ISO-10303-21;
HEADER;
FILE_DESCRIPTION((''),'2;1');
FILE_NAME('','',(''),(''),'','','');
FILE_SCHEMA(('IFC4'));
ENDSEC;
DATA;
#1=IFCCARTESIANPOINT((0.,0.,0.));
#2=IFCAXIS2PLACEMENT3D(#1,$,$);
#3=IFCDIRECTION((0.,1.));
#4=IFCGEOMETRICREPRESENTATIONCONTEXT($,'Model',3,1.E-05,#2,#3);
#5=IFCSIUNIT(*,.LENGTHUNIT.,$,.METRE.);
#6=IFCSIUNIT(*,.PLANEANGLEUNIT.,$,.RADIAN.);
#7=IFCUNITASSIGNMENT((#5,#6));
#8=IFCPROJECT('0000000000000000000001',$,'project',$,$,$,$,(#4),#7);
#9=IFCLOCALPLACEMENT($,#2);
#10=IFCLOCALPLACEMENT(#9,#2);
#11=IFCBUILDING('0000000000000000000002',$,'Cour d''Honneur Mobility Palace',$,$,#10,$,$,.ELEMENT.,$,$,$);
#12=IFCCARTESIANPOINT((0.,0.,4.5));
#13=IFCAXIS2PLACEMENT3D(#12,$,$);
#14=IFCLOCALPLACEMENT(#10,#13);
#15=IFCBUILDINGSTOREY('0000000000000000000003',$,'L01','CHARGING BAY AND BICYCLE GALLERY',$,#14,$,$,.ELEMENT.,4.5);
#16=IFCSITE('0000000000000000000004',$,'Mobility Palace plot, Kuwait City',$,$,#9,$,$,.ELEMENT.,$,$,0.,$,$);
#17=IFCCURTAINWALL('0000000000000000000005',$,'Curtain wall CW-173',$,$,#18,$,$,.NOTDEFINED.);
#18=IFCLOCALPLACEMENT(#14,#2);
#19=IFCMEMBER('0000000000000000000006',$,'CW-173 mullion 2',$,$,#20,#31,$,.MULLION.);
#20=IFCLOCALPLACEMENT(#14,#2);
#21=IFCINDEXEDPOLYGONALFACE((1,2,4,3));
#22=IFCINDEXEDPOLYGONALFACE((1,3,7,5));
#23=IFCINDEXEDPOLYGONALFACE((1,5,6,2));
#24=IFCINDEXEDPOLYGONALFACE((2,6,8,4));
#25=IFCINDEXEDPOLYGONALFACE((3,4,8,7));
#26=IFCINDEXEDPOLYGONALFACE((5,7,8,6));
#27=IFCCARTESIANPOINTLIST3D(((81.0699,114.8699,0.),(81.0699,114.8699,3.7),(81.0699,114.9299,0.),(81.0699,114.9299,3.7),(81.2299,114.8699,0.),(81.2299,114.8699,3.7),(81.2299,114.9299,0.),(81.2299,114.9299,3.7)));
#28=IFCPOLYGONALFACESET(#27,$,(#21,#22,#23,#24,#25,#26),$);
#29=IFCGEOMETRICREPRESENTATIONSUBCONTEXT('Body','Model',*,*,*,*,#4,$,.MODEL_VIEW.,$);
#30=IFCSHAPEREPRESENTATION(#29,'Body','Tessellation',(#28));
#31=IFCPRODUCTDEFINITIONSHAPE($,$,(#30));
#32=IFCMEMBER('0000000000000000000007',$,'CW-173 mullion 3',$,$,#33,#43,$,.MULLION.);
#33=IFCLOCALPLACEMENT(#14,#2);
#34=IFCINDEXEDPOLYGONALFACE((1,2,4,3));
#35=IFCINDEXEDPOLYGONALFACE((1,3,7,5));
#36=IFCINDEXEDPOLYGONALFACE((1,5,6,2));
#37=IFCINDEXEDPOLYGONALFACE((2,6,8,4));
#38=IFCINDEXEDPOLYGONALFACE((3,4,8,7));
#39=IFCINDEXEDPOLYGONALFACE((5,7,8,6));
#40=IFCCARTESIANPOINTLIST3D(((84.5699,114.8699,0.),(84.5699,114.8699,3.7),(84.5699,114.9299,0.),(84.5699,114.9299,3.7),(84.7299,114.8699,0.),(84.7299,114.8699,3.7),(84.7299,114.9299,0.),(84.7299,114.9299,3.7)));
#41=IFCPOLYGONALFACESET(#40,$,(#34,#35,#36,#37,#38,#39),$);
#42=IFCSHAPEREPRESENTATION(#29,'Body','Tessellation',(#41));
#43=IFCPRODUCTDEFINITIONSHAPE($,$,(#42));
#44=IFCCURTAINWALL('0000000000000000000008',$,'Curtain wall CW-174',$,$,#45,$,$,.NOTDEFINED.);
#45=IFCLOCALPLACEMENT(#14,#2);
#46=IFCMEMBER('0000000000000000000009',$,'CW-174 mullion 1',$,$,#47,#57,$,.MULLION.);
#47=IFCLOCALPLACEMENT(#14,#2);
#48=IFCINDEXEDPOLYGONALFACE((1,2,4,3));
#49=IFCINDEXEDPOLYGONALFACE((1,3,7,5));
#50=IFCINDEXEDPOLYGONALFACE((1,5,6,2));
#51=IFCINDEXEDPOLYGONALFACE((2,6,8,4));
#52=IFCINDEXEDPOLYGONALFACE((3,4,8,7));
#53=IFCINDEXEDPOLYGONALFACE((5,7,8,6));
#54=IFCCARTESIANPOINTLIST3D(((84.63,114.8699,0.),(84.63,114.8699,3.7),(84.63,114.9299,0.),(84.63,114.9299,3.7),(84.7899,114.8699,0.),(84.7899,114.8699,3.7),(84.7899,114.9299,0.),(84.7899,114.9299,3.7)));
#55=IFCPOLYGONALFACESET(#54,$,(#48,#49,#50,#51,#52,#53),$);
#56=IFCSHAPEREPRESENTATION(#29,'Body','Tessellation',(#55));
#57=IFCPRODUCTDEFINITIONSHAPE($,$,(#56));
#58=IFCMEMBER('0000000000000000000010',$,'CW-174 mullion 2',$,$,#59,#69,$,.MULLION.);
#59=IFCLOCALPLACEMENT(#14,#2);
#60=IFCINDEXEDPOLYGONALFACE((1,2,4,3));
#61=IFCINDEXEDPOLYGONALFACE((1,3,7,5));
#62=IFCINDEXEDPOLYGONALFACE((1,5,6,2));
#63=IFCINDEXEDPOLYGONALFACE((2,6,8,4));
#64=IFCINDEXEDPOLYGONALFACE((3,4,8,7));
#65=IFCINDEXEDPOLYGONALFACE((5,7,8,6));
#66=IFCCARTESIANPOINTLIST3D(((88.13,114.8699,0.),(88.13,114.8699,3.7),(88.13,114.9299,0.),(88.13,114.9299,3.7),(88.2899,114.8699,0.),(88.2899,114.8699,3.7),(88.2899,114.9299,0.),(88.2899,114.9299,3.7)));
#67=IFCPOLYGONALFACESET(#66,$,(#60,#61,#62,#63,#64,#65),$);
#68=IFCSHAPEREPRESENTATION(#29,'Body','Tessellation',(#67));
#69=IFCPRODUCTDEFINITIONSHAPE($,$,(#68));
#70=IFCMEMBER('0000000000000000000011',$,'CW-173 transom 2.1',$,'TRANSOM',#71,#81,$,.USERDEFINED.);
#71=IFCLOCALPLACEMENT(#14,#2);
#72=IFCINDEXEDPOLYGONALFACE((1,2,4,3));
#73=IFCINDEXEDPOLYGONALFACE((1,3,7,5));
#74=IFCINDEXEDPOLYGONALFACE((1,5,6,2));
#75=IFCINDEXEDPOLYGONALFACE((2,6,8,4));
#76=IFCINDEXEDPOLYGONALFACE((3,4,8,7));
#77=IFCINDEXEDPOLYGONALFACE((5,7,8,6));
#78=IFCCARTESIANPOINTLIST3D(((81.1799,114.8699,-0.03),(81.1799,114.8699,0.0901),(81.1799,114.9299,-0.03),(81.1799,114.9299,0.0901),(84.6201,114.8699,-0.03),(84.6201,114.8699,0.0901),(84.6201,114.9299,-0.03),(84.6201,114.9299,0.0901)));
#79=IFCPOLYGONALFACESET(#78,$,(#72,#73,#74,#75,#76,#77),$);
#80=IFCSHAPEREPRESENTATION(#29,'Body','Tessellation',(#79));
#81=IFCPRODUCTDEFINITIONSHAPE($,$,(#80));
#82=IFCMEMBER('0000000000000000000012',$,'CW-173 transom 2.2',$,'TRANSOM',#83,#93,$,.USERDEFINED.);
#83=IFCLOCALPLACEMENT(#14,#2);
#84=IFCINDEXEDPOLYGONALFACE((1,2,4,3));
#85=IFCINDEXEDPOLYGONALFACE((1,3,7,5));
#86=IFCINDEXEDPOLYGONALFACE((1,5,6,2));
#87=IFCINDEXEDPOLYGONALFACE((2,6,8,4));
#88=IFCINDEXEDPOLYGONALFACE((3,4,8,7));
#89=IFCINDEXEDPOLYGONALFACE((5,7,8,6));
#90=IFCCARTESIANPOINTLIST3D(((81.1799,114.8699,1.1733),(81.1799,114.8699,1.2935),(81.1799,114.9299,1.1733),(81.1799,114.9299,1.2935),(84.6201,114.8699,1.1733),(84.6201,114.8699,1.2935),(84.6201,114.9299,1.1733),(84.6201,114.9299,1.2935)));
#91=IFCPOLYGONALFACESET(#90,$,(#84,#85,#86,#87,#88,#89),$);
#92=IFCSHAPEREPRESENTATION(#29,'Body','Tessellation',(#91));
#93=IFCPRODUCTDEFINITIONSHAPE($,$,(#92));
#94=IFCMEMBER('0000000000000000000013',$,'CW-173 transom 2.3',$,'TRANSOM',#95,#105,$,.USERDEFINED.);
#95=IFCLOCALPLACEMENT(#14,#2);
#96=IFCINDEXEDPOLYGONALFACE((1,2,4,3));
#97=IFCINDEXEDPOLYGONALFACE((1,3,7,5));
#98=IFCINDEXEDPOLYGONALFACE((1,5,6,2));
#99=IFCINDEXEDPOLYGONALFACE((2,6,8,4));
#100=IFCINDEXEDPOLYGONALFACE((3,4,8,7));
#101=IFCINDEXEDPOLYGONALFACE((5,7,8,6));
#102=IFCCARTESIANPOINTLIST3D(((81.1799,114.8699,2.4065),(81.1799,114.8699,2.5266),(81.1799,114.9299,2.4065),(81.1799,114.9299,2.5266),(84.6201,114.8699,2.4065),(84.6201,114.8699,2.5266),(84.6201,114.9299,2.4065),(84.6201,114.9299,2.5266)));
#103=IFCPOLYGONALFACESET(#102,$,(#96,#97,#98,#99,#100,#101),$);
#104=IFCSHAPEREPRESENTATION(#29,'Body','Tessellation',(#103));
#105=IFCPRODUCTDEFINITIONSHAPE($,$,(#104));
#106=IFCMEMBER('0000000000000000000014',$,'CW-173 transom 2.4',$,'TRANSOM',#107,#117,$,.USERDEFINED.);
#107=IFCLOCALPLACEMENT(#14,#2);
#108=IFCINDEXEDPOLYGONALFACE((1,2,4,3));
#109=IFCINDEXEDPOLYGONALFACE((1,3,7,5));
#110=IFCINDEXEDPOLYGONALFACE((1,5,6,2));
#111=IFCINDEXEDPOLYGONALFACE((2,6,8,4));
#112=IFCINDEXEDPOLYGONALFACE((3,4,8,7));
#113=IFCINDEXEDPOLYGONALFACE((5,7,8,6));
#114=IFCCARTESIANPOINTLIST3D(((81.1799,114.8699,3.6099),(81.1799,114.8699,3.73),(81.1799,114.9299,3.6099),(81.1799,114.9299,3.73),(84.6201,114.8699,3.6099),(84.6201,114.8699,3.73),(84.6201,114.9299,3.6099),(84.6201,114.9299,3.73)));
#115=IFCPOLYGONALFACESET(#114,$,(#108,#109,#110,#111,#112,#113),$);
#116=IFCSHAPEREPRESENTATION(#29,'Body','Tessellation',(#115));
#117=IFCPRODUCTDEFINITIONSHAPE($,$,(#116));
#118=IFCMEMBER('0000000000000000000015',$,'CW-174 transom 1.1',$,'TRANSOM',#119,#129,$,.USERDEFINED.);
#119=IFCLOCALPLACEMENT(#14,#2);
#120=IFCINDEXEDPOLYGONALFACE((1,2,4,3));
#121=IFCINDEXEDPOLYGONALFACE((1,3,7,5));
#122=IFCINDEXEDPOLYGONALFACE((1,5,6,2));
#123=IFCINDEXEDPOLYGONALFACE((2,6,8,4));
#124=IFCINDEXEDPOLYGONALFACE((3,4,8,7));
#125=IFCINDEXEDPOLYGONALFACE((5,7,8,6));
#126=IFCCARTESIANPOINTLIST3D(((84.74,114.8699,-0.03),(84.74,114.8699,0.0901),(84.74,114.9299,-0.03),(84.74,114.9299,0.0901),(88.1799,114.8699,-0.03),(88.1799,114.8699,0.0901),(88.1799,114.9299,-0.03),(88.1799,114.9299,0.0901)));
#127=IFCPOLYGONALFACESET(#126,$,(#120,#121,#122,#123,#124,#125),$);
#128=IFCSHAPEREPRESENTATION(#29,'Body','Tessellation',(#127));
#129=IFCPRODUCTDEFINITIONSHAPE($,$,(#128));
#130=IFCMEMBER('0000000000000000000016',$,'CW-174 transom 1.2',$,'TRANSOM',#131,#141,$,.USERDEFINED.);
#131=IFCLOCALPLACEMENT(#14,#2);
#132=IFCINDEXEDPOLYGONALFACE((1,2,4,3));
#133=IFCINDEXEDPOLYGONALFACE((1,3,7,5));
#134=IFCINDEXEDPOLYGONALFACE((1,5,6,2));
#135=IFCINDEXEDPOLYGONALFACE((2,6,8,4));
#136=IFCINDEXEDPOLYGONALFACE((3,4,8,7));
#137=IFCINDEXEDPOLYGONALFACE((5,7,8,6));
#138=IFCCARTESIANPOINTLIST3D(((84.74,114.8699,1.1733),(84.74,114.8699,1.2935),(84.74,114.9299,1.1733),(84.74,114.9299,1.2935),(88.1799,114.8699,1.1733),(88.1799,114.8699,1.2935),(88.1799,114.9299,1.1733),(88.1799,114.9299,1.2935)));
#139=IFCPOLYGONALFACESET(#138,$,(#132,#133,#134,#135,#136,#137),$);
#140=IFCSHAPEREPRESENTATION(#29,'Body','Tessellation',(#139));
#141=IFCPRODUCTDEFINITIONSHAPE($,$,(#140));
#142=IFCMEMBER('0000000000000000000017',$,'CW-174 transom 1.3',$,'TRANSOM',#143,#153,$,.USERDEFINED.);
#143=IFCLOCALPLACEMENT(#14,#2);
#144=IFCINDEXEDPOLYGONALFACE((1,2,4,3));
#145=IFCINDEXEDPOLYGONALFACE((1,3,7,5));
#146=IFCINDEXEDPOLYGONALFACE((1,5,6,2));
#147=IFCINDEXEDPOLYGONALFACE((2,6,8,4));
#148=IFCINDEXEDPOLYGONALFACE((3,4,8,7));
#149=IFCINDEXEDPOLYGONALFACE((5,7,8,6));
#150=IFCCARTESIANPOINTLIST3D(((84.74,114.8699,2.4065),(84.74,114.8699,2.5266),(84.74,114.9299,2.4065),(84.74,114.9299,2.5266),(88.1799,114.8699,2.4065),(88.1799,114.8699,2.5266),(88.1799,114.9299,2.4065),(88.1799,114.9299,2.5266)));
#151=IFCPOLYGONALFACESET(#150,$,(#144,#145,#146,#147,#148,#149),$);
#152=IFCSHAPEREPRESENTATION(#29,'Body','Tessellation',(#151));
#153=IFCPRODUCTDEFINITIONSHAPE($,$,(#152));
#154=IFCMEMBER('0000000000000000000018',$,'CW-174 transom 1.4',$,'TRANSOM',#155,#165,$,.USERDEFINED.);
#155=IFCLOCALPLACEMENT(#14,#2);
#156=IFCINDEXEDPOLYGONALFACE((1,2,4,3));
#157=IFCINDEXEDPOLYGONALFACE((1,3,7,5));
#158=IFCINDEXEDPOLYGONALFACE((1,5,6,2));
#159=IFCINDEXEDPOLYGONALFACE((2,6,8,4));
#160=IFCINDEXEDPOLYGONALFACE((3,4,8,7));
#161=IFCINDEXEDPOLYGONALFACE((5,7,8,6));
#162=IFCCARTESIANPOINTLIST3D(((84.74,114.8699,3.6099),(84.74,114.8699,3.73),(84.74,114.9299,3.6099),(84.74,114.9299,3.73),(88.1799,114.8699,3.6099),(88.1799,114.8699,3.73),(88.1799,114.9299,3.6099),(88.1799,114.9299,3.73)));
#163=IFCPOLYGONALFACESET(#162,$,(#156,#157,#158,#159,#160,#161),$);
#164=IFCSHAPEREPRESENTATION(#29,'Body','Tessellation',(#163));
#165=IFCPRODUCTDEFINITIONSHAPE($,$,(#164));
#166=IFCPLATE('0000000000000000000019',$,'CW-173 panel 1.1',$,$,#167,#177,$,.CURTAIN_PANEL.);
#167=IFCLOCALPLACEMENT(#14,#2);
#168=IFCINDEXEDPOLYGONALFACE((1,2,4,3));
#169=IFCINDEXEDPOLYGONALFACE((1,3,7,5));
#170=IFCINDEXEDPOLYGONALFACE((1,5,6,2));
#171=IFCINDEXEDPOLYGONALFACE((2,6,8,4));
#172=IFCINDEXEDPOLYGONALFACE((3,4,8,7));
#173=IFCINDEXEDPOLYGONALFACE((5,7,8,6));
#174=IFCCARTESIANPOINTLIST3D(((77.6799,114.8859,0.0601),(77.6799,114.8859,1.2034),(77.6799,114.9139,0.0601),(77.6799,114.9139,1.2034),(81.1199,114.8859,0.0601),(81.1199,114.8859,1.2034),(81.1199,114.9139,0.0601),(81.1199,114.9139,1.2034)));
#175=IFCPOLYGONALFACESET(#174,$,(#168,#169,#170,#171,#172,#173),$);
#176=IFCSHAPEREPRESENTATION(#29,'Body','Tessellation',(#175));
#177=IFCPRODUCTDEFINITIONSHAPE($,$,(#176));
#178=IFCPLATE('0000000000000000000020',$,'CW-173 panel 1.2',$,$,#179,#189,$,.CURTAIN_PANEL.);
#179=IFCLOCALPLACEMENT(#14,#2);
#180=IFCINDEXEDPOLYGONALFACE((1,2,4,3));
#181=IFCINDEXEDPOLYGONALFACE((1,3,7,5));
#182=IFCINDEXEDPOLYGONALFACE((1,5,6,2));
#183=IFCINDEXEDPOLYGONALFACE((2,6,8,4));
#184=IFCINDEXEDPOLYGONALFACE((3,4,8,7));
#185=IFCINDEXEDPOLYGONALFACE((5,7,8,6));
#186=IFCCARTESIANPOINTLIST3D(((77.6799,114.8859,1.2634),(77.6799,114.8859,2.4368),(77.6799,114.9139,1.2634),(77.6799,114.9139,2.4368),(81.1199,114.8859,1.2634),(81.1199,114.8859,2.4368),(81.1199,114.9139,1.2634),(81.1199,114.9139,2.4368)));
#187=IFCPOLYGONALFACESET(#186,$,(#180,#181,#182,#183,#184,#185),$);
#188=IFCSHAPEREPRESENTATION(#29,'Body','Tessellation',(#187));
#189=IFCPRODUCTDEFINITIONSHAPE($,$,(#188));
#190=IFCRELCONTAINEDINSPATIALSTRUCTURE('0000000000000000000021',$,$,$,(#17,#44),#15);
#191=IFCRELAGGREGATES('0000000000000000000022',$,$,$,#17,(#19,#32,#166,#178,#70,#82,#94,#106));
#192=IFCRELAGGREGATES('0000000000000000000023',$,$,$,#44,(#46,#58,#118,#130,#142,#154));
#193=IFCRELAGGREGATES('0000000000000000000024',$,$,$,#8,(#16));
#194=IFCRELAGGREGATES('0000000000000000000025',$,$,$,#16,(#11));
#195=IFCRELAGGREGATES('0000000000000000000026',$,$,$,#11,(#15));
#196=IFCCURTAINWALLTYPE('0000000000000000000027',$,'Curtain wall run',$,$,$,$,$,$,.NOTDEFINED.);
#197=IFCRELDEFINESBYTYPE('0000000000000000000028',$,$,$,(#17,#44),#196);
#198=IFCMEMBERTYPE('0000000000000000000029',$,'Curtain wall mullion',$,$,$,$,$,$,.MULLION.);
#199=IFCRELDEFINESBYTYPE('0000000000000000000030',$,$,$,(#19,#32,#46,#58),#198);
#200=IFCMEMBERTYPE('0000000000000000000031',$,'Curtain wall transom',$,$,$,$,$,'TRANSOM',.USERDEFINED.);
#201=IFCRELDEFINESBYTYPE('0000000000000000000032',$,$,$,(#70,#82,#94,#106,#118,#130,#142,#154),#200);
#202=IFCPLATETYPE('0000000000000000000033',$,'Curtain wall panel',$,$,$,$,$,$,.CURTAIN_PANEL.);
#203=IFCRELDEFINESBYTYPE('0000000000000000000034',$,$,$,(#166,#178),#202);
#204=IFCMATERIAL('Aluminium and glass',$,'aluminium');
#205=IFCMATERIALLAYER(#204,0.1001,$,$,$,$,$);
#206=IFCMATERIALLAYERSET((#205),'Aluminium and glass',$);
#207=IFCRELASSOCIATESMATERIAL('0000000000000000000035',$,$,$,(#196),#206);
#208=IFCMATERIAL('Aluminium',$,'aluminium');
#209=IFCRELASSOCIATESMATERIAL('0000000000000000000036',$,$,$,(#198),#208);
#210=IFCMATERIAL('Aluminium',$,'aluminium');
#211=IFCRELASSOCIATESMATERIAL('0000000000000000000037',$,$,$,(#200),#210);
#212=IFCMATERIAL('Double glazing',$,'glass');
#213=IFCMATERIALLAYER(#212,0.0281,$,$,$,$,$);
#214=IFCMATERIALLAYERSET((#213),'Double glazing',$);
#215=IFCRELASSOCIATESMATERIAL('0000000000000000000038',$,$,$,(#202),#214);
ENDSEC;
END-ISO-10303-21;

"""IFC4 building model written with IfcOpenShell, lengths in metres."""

from ifc_helpers import new_model, si_unit, direction, frame, origin, origin_2d, place, context, subcontext, project, spatial, rectangle, extrude, material, layer, layer_set, material_profile, profile_set, type_object, element, aggregate, save


model = new_model("IFC4")

# Units and contexts
model_context = context("Model", 3, precision=1e-05, world=origin(), true_north=direction((0.0, 1.0)))
body_context = subcontext(model_context, "Body", "Model", "MODEL_VIEW")
ifc_project = project(units=[si_unit("LENGTHUNIT", "METRE"), si_unit("PLANEANGLEUNIT", "RADIAN")], contexts=[model_context])

# Site, building, storey
site_placement = place(None, origin())
site = spatial("IfcSite", under=ifc_project, at=site_placement, Name="Mobility Palace plot, Kuwait City", CompositionType="ELEMENT", RefElevation=0.0)
building_placement = place(site_placement, origin())
building = spatial("IfcBuilding", under=site, at=building_placement, Name="Cour d'Honneur Mobility Palace", CompositionType="ELEMENT")
storey_placement = place(building_placement, frame((0.0, 0.0, 4.5)))
storey = spatial("IfcBuildingStorey", under=building, at=storey_placement, Name="L01", Description="CHARGING BAY AND BICYCLE GALLERY", CompositionType="ELEMENT", Elevation=4.5)

# Curtain walls, members
ifc_material_1 = material(Name="Aluminium and glass", Category="aluminium")
ifc_layer_1 = layer(ifc_material_1, 0.1001)
ifc_layer_set_1 = layer_set([ifc_layer_1], Name="Aluminium and glass")
curtain_wall_type = type_object("IfcCurtainWallType", Name="Curtain wall run", PredefinedType="NOTDEFINED", material=ifc_layer_set_1)
curtain_wall_1_placement = place(storey_placement, origin())
curtain_wall_1 = element("IfcCurtainWall", 1, at=curtain_wall_1_placement, inside=storey, type_object=curtain_wall_type, Name="Curtain wall CW-173", PredefinedType="NOTDEFINED")
ifc_material_2 = material(Name="Aluminium", Category="aluminium")
ifc_material_profile_1 = material_profile(ifc_material_2, rectangle(XDim=0.0601, YDim=0.1599, at=origin_2d()), Name="Curtain wall mullion")
ifc_profile_set_1 = profile_set([ifc_material_profile_1], Name="Aluminium")
member_type_1 = type_object("IfcMemberType", Name="Curtain wall mullion", PredefinedType="MULLION", material=ifc_profile_set_1)
member_1_placement = place(storey_placement, frame((81.1499, 114.8999, 0.0), z_axis=(0.0, 0.0, 1.0), x_axis=(0.0, 1.0, 0.0)))
member_1 = element("IfcMember", 2, at=member_1_placement, type_object=member_type_1, Name="CW-173 mullion 2", PredefinedType="MULLION", context=body_context, shape_type="SweptSolid", body=[
    extrude(rectangle(XDim=0.0601, YDim=0.1599, at=origin_2d()), origin(), (0.0, 0.0, 1.0), 3.7),
])
member_2_placement = place(storey_placement, frame((84.6499, 114.8999, 0.0), z_axis=(0.0, 0.0, 1.0), x_axis=(0.0, 1.0, 0.0)))
member_2 = element("IfcMember", 3, at=member_2_placement, type_object=member_type_1, Name="CW-173 mullion 3", PredefinedType="MULLION", context=body_context, shape_type="SweptSolid", body=[
    extrude(rectangle(XDim=0.0601, YDim=0.1599, at=origin_2d()), origin(), (0.0, 0.0, 1.0), 3.7),
])
curtain_wall_2_placement = place(storey_placement, origin())
curtain_wall_2 = element("IfcCurtainWall", 4, at=curtain_wall_2_placement, inside=storey, type_object=curtain_wall_type, Name="Curtain wall CW-174", PredefinedType="NOTDEFINED")
member_3_placement = place(storey_placement, frame((84.71, 114.8999, 0.0), z_axis=(0.0, 0.0, 1.0), x_axis=(0.0, 1.0, 0.0)))
member_3 = element("IfcMember", 5, at=member_3_placement, type_object=member_type_1, Name="CW-174 mullion 1", PredefinedType="MULLION", context=body_context, shape_type="SweptSolid", body=[
    extrude(rectangle(XDim=0.0601, YDim=0.1599, at=origin_2d()), origin(), (0.0, 0.0, 1.0), 3.7),
])
member_4_placement = place(storey_placement, frame((88.21, 114.8999, 0.0), z_axis=(0.0, 0.0, 1.0), x_axis=(0.0, 1.0, 0.0)))
member_4 = element("IfcMember", 6, at=member_4_placement, type_object=member_type_1, Name="CW-174 mullion 2", PredefinedType="MULLION", context=body_context, shape_type="SweptSolid", body=[
    extrude(rectangle(XDim=0.0601, YDim=0.1599, at=origin_2d()), origin(), (0.0, 0.0, 1.0), 3.7),
])

# Members
ifc_material_3 = material(Name="Aluminium", Category="aluminium")
ifc_material_profile_2 = material_profile(ifc_material_3, rectangle(XDim=0.0601, YDim=0.1201, at=origin_2d()), Name="Curtain wall transom")
ifc_profile_set_2 = profile_set([ifc_material_profile_2], Name="Aluminium")
member_type_2 = type_object("IfcMemberType", Name="Curtain wall transom", ElementType="TRANSOM", PredefinedType="USERDEFINED", material=ifc_profile_set_2)
member_5_placement = place(storey_placement, frame((81.1799, 114.8999, 0.03), z_axis=(1.0, 0.0, 0.0), x_axis=(0.0, 1.0, 0.0)))
member_5 = element("IfcMember", 7, at=member_5_placement, type_object=member_type_2, Name="CW-173 transom 2.1", ObjectType="TRANSOM", PredefinedType="USERDEFINED", context=body_context, shape_type="SweptSolid", body=[
    extrude(rectangle(XDim=0.0601, YDim=0.1201, at=origin_2d()), origin(), (0.0, 0.0, 1.0), 3.4402),
])
member_6_placement = place(storey_placement, frame((81.1799, 114.8999, 1.2334), z_axis=(1.0, 0.0, 0.0), x_axis=(0.0, 1.0, 0.0)))
member_6 = element("IfcMember", 8, at=member_6_placement, type_object=member_type_2, Name="CW-173 transom 2.2", ObjectType="TRANSOM", PredefinedType="USERDEFINED", context=body_context, shape_type="SweptSolid", body=[
    extrude(rectangle(XDim=0.0601, YDim=0.1201, at=origin_2d()), origin(), (0.0, 0.0, 1.0), 3.4402),
])
member_7_placement = place(storey_placement, frame((81.1799, 114.8999, 2.4666), z_axis=(1.0, 0.0, 0.0), x_axis=(0.0, 1.0, 0.0)))
member_7 = element("IfcMember", 9, at=member_7_placement, type_object=member_type_2, Name="CW-173 transom 2.3", ObjectType="TRANSOM", PredefinedType="USERDEFINED", context=body_context, shape_type="SweptSolid", body=[
    extrude(rectangle(XDim=0.0601, YDim=0.1201, at=origin_2d()), origin(), (0.0, 0.0, 1.0), 3.4402),
])
member_8_placement = place(storey_placement, frame((81.1799, 114.8999, 3.6699), z_axis=(1.0, 0.0, 0.0), x_axis=(0.0, 1.0, 0.0)))
member_8 = element("IfcMember", 10, at=member_8_placement, type_object=member_type_2, Name="CW-173 transom 2.4", ObjectType="TRANSOM", PredefinedType="USERDEFINED", context=body_context, shape_type="SweptSolid", body=[
    extrude(rectangle(XDim=0.0601, YDim=0.1201, at=origin_2d()), origin(), (0.0, 0.0, 1.0), 3.4402),
])
member_9_placement = place(storey_placement, frame((84.74, 114.8999, 0.03), z_axis=(1.0, 0.0, 0.0), x_axis=(0.0, 1.0, 0.0)))
member_9 = element("IfcMember", 11, at=member_9_placement, type_object=member_type_2, Name="CW-174 transom 1.1", ObjectType="TRANSOM", PredefinedType="USERDEFINED", context=body_context, shape_type="SweptSolid", body=[
    extrude(rectangle(XDim=0.0601, YDim=0.1201, at=origin_2d()), origin(), (0.0, 0.0, 1.0), 3.4399),
])
member_10_placement = place(storey_placement, frame((84.74, 114.8999, 1.2334), z_axis=(1.0, 0.0, 0.0), x_axis=(0.0, 1.0, 0.0)))
member_10 = element("IfcMember", 12, at=member_10_placement, type_object=member_type_2, Name="CW-174 transom 1.2", ObjectType="TRANSOM", PredefinedType="USERDEFINED", context=body_context, shape_type="SweptSolid", body=[
    extrude(rectangle(XDim=0.0601, YDim=0.1201, at=origin_2d()), origin(), (0.0, 0.0, 1.0), 3.4399),
])
member_11_placement = place(storey_placement, frame((84.74, 114.8999, 2.4666), z_axis=(1.0, 0.0, 0.0), x_axis=(0.0, 1.0, 0.0)))
member_11 = element("IfcMember", 13, at=member_11_placement, type_object=member_type_2, Name="CW-174 transom 1.3", ObjectType="TRANSOM", PredefinedType="USERDEFINED", context=body_context, shape_type="SweptSolid", body=[
    extrude(rectangle(XDim=0.0601, YDim=0.1201, at=origin_2d()), origin(), (0.0, 0.0, 1.0), 3.4399),
])
member_12_placement = place(storey_placement, frame((84.74, 114.8999, 3.6699), z_axis=(1.0, 0.0, 0.0), x_axis=(0.0, 1.0, 0.0)))
member_12 = element("IfcMember", 14, at=member_12_placement, type_object=member_type_2, Name="CW-174 transom 1.4", ObjectType="TRANSOM", PredefinedType="USERDEFINED", context=body_context, shape_type="SweptSolid", body=[
    extrude(rectangle(XDim=0.0601, YDim=0.1201, at=origin_2d()), origin(), (0.0, 0.0, 1.0), 3.4399),
])

# Plates
ifc_material_4 = material(Name="Double glazing", Category="glass")
ifc_layer_2 = layer(ifc_material_4, 0.0281)
ifc_layer_set_2 = layer_set([ifc_layer_2], Name="Double glazing")
plate_type = type_object("IfcPlateType", Name="Curtain wall panel", PredefinedType="CURTAIN_PANEL", material=ifc_layer_set_2)
plate_1_placement = place(storey_placement, frame((79.3999, 114.8999, 0.0601), z_axis=(0.0, 0.0, 1.0), x_axis=(1.0, 0.0, 0.0)))
plate_1 = element("IfcPlate", 15, at=plate_1_placement, type_object=plate_type, Name="CW-173 panel 1.1", PredefinedType="CURTAIN_PANEL", context=body_context, shape_type="SweptSolid", body=[
    extrude(rectangle(XDim=3.4399, YDim=0.0281, at=origin_2d()), origin(), (0.0, 0.0, 1.0), 1.1433),
])
plate_2_placement = place(storey_placement, frame((79.3999, 114.8999, 1.2634), z_axis=(0.0, 0.0, 1.0), x_axis=(1.0, 0.0, 0.0)))
plate_2 = element("IfcPlate", 16, at=plate_2_placement, type_object=plate_type, Name="CW-173 panel 1.2", PredefinedType="CURTAIN_PANEL", context=body_context, shape_type="SweptSolid", body=[
    extrude(rectangle(XDim=3.4399, YDim=0.0281, at=origin_2d()), origin(), (0.0, 0.0, 1.0), 1.1733),
])
aggregate(curtain_wall_1, [member_1, member_2, plate_1, plate_2, member_5, member_6, member_7, member_8])
aggregate(curtain_wall_2, [member_3, member_4, member_9, member_10, member_11, member_12])

save(model, "model.ifc")
